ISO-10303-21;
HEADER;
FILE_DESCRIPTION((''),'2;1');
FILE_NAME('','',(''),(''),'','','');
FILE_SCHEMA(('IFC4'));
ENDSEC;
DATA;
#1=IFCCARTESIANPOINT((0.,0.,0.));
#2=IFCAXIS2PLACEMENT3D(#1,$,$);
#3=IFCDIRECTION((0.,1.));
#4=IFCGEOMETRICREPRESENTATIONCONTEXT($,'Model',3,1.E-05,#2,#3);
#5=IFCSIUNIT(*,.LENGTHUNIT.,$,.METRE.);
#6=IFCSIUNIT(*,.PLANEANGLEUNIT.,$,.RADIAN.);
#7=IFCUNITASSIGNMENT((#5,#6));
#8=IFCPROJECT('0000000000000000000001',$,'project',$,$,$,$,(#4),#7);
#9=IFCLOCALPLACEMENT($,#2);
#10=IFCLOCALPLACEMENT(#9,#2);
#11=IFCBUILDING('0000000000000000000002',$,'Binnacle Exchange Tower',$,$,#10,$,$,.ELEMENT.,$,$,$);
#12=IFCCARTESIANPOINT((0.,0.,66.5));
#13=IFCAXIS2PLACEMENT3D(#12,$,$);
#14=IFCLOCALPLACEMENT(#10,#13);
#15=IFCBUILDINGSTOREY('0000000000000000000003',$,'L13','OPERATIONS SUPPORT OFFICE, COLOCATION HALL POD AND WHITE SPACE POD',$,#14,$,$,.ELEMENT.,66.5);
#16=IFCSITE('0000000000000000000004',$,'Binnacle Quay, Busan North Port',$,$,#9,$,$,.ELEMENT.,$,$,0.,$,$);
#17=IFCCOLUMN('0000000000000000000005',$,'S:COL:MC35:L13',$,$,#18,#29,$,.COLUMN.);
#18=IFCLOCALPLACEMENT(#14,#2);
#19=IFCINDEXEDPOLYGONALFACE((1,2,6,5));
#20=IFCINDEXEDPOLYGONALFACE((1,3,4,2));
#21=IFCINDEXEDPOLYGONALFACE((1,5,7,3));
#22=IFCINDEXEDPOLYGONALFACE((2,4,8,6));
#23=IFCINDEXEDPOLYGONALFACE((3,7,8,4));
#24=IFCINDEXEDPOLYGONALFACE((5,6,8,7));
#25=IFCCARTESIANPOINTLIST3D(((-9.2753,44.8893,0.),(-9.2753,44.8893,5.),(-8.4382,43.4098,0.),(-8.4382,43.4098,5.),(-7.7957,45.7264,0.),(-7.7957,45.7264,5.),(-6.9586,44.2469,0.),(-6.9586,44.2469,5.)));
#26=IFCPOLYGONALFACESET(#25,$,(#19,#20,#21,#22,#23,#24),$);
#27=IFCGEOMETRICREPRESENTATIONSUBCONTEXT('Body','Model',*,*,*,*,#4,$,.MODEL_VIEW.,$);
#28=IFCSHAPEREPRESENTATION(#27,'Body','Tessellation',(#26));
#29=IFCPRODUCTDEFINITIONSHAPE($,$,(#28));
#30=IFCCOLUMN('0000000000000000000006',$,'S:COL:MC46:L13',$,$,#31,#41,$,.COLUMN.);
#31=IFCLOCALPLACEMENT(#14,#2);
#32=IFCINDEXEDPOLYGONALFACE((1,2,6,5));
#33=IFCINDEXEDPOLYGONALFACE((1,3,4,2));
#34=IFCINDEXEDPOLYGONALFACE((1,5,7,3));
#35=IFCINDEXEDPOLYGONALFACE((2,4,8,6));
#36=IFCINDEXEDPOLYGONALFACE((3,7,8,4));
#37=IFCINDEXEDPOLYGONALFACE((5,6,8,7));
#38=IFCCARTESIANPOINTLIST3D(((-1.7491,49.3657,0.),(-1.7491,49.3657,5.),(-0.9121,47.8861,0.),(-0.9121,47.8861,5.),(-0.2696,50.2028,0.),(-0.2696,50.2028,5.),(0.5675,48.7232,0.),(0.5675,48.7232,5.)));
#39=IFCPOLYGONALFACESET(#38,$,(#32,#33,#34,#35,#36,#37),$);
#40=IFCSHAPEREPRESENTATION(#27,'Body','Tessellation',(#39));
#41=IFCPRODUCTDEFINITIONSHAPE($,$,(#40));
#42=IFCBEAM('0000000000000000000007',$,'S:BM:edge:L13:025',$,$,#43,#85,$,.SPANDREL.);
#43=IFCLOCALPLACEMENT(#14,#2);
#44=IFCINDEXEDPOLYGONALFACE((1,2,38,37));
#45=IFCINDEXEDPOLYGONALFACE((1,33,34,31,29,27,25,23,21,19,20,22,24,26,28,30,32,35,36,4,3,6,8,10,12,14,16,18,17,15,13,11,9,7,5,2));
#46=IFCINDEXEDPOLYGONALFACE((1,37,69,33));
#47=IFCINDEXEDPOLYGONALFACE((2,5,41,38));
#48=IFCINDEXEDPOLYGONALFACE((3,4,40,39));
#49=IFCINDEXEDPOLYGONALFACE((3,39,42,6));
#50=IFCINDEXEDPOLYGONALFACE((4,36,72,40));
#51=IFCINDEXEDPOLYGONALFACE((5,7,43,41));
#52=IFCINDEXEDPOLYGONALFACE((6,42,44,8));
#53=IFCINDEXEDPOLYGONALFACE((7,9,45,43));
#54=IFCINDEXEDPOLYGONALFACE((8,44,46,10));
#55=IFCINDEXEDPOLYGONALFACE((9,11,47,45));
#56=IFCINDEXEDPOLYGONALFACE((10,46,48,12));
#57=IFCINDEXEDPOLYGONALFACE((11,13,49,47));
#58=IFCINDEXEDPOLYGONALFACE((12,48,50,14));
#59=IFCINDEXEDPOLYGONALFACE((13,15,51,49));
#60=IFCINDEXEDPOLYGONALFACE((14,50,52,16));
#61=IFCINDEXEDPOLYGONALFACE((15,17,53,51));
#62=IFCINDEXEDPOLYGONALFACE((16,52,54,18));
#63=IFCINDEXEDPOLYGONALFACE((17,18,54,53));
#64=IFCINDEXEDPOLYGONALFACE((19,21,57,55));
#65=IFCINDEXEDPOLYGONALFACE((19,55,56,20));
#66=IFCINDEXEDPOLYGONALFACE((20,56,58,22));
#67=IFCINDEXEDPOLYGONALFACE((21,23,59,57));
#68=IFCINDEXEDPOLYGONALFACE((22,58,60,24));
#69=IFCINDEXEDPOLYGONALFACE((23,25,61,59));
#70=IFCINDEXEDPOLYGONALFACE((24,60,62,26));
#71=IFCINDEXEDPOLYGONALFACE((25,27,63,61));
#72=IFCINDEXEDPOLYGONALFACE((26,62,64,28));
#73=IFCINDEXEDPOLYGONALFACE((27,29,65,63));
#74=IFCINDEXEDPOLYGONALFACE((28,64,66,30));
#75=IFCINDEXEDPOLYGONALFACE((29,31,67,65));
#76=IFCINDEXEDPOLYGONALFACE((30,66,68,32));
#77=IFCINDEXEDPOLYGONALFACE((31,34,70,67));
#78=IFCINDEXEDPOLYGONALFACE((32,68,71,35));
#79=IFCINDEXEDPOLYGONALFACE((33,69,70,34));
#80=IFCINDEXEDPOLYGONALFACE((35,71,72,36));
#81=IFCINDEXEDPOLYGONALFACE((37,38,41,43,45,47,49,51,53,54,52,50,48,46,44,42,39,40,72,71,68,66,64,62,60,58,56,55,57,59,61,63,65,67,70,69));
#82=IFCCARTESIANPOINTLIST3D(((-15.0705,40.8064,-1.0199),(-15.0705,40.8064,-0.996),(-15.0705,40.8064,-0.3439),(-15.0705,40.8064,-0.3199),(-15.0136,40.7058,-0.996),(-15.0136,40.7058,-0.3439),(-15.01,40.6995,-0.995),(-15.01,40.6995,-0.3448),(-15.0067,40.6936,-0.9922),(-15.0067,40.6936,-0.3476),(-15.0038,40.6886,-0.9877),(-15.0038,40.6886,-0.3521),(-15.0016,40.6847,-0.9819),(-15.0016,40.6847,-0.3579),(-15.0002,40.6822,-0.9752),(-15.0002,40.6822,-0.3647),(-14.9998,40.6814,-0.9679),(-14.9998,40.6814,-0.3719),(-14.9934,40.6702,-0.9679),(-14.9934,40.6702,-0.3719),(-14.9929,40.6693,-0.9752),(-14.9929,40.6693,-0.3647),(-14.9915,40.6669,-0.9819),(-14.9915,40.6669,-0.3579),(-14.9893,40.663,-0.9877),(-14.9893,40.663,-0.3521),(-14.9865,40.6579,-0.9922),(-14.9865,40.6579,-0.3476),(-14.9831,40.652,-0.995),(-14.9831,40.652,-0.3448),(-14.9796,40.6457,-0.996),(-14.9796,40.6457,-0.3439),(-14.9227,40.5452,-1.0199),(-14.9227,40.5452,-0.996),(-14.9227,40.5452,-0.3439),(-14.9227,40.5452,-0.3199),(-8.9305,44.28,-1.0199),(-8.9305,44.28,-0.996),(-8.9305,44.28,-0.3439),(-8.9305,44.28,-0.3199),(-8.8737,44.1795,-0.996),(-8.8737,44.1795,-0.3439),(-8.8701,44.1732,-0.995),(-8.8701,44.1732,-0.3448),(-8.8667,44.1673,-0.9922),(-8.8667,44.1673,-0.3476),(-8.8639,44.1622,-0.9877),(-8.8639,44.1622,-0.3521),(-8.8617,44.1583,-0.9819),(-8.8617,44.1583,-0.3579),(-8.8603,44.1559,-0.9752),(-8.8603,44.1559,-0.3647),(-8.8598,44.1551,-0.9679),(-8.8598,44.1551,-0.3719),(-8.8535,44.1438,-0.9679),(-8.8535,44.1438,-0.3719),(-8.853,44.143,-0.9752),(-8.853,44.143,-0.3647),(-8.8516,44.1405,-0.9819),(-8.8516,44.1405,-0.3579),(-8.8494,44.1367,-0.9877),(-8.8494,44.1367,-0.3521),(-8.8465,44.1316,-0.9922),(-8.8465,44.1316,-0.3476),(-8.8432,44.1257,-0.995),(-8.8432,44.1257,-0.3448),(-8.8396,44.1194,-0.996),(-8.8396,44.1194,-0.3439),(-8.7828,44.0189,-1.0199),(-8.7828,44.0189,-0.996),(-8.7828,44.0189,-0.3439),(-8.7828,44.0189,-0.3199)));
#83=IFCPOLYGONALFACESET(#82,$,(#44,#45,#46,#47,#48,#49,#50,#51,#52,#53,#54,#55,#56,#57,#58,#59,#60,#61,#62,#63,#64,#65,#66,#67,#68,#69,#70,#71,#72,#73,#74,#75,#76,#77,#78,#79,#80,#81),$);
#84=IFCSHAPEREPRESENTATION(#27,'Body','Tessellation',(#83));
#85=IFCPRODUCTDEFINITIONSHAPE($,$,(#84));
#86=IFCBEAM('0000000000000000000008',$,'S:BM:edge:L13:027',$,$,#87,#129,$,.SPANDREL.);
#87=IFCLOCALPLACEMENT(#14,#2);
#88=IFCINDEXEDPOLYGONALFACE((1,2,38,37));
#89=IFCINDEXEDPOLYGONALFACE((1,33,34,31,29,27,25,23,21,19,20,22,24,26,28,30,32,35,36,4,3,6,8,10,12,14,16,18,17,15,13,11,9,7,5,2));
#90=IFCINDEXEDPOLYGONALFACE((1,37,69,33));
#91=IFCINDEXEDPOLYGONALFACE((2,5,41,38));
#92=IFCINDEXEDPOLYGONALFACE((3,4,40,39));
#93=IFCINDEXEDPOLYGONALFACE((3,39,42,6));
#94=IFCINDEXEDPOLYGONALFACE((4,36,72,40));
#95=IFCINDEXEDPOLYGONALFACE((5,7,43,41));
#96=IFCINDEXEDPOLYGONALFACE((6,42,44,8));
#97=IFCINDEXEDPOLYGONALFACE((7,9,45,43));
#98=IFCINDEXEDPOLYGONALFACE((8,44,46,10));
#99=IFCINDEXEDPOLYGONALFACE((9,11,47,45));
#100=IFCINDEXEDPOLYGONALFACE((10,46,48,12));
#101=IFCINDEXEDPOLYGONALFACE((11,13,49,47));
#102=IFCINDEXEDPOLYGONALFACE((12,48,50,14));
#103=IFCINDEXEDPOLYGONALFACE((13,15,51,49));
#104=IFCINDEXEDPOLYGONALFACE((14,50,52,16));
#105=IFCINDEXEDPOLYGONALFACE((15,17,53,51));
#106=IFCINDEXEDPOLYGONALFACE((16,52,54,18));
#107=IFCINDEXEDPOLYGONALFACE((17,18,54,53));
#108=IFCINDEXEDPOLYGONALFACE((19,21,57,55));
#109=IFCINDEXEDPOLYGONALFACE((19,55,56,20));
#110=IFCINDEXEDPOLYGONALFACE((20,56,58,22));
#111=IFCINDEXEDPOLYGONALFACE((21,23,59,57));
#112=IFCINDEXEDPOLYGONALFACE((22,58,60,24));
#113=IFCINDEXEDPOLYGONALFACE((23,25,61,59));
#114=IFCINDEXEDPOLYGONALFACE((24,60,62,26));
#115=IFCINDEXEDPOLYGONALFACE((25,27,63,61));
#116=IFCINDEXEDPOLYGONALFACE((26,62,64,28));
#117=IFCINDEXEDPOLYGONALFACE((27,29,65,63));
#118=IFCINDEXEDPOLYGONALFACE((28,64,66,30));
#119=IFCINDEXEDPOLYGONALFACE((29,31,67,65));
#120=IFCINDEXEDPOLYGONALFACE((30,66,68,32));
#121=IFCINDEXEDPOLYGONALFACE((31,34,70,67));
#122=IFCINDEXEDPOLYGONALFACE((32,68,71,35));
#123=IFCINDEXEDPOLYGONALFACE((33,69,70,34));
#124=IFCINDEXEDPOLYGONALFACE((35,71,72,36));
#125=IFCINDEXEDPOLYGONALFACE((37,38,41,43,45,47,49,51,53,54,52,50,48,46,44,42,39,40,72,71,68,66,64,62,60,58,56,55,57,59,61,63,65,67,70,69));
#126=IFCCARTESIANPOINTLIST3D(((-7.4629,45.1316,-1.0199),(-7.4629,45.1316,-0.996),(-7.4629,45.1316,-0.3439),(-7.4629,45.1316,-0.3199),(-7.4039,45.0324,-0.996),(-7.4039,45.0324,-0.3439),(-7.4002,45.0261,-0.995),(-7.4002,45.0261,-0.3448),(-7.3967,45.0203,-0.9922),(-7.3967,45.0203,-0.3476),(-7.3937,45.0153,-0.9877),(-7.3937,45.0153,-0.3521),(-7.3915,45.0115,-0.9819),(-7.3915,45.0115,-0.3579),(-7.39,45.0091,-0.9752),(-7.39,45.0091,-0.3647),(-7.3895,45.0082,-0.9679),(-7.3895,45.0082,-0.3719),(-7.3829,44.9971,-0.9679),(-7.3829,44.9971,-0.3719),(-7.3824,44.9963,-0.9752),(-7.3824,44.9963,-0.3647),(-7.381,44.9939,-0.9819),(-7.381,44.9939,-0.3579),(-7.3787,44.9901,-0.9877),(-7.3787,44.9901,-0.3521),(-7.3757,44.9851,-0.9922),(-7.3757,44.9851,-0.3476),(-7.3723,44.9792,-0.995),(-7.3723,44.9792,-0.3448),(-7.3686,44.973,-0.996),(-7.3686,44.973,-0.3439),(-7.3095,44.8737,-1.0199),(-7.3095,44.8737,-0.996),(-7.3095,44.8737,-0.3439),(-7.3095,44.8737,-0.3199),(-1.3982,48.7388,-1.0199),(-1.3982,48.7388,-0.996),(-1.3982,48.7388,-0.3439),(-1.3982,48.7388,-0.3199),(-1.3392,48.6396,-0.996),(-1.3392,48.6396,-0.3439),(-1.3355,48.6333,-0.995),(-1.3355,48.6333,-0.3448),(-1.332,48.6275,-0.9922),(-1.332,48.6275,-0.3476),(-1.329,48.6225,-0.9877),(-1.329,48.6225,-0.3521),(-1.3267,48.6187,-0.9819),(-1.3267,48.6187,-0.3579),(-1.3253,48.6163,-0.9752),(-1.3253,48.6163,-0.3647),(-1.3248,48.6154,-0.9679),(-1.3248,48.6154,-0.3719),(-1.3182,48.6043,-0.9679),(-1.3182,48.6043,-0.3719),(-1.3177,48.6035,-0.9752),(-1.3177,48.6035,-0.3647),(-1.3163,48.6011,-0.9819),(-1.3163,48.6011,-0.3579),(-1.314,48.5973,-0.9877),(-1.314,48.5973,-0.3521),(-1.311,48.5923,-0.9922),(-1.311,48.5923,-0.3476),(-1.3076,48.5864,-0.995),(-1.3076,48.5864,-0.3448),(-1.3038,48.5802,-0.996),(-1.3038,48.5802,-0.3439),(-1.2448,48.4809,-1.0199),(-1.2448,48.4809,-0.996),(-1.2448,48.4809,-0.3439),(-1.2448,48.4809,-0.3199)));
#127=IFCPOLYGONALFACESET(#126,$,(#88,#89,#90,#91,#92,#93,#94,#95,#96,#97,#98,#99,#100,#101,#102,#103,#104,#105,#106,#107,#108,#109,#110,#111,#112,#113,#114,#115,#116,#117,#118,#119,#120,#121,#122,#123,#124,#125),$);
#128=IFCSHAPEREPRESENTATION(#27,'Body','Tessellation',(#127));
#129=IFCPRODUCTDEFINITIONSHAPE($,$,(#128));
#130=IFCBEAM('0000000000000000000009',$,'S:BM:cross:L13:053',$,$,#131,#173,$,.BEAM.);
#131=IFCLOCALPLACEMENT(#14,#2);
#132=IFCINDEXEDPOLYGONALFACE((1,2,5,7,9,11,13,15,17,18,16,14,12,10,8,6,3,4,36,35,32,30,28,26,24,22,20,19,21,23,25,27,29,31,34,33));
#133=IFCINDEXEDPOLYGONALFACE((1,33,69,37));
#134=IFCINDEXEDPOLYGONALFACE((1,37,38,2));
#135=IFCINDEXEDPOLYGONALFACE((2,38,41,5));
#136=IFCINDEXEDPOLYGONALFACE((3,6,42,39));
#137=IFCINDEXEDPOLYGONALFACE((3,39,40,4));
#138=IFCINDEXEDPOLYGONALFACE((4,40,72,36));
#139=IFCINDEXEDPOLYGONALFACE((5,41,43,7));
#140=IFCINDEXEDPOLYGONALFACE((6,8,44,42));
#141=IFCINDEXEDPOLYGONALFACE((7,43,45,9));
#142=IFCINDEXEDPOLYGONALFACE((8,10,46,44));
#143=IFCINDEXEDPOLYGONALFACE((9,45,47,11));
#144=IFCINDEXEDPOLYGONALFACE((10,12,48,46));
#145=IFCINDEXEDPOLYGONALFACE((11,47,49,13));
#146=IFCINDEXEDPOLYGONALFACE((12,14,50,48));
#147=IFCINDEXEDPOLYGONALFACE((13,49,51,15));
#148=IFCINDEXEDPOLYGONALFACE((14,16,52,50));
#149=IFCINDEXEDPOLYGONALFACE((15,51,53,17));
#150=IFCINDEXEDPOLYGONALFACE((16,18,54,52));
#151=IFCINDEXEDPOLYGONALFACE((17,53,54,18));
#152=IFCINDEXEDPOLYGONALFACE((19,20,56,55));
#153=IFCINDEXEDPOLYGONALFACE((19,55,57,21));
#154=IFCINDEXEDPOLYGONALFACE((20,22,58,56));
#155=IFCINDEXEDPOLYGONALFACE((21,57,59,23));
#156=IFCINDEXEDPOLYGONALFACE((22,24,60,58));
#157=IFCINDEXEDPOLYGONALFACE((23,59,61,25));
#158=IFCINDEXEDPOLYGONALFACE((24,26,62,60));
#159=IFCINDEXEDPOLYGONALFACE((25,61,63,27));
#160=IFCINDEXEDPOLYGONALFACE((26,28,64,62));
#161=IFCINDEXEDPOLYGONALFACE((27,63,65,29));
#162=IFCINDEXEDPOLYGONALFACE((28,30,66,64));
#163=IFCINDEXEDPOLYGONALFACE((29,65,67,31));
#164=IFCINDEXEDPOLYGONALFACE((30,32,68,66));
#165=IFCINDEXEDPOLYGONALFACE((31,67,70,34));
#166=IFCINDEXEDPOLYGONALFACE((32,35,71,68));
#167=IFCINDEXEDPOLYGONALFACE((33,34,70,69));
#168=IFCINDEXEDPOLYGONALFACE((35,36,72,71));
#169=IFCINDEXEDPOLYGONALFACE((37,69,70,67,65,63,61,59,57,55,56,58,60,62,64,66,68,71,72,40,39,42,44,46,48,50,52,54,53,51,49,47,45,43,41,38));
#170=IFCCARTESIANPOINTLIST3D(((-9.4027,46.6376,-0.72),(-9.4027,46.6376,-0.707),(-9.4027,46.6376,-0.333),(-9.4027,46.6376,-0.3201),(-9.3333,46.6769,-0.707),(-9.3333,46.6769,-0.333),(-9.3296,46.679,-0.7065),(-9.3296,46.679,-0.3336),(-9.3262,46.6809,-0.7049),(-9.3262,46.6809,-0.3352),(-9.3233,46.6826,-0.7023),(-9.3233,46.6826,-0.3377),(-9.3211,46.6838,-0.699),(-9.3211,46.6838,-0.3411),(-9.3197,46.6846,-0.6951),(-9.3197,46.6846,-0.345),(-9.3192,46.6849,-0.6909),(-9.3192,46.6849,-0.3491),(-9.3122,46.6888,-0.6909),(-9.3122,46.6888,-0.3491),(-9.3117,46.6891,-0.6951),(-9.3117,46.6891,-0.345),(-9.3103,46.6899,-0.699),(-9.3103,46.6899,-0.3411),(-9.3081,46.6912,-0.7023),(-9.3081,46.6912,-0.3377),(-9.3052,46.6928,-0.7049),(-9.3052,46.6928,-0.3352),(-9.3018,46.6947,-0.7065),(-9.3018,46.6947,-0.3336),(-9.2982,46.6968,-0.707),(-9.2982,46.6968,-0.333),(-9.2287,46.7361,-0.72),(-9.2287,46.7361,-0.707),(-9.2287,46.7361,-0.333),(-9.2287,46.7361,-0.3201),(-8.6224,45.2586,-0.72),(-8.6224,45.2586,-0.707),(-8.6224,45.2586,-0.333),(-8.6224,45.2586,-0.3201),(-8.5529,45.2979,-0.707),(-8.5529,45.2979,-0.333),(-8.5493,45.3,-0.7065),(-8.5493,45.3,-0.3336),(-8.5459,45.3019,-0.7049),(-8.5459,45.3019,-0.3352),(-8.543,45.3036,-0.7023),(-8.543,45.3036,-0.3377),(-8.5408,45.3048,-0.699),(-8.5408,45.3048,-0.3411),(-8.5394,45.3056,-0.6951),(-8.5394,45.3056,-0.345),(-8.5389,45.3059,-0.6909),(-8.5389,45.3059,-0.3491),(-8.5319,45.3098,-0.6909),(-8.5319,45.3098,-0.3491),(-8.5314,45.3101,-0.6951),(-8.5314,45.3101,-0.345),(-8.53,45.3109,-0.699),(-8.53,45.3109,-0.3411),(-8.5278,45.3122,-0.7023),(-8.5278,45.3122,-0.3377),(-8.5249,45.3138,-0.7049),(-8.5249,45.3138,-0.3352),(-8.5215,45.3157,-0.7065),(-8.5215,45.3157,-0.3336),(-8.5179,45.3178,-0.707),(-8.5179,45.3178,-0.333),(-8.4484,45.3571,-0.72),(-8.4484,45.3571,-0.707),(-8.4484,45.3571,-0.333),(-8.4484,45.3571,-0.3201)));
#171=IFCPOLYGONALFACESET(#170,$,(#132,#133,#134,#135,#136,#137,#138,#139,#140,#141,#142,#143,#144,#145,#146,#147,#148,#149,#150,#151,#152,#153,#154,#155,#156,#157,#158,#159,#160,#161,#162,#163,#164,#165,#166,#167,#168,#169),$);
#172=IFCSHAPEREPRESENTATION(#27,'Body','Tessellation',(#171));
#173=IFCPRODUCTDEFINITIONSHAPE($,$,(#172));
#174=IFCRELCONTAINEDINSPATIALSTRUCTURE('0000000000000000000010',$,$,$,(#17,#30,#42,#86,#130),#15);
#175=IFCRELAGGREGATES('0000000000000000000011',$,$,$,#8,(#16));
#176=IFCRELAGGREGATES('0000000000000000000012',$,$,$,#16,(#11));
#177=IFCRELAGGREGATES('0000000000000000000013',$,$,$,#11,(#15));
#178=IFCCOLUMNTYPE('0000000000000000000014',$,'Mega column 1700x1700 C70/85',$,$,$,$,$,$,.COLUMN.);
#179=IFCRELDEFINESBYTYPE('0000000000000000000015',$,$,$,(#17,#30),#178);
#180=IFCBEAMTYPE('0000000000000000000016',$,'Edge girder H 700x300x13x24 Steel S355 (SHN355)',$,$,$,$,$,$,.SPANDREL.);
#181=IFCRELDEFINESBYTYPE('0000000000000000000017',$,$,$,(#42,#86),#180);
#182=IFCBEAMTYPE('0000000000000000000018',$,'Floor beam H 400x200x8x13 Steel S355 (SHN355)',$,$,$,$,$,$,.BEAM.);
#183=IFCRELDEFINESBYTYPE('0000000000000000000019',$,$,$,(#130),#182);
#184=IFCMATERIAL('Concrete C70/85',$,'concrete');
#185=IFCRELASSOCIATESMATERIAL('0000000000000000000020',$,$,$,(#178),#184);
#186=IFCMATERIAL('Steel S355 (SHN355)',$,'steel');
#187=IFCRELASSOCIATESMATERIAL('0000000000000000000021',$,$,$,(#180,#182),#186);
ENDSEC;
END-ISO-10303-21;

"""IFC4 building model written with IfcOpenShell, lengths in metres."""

from ifc_helpers import new_model, si_unit, direction, frame, origin, origin_2d, place, context, subcontext, project, spatial, rectangle, i_section, extrude, material, material_profile, profile_set, type_object, element, save


model = new_model("IFC4")

# Units and contexts
model_context = context("Model", 3, precision=1e-05, world=origin(), true_north=direction((0.0, 1.0)))
body_context = subcontext(model_context, "Body", "Model", "MODEL_VIEW")
ifc_project = project(units=[si_unit("LENGTHUNIT", "METRE"), si_unit("PLANEANGLEUNIT", "RADIAN")], contexts=[model_context])

# Site, building, storey
site_placement = place(None, origin())
site = spatial("IfcSite", under=ifc_project, at=site_placement, Name="Binnacle Quay, Busan North Port", CompositionType="ELEMENT", RefElevation=0.0)
building_placement = place(site_placement, origin())
building = spatial("IfcBuilding", under=site, at=building_placement, Name="Binnacle Exchange Tower", CompositionType="ELEMENT")
storey_placement = place(building_placement, frame((0.0, 0.0, 66.5)))
storey = spatial("IfcBuildingStorey", under=building, at=storey_placement, Name="L13", Description="OPERATIONS SUPPORT OFFICE, COLOCATION HALL POD AND WHITE SPACE POD", CompositionType="ELEMENT", Elevation=66.5)

# Columns
ifc_material_1 = material(Name="Concrete C70/85", Category="concrete")
ifc_material_profile_1 = material_profile(ifc_material_1, rectangle(XDim=1.7, YDim=1.7, at=origin_2d()), Name="Mega column 1700x1700 C70/85")
ifc_profile_set_1 = profile_set([ifc_material_profile_1], Name="Concrete C70/85")
column_type = type_object("IfcColumnType", Name="Mega column 1700x1700 C70/85", PredefinedType="COLUMN", material=ifc_profile_set_1)
for number, where, z_axis, x_axis, name in (
    (1, (-8.1169, 44.5681, 0.0), (0.0, 0.0, 1.0), (0.870356, 0.492424, 0.0), "S:COL:MC35:L13"),
    (2, (-0.5908, 49.0444, 0.0), (0.0, 0.0, 1.0), (0.870356, 0.492424, 0.0), "S:COL:MC46:L13"),
):
    element("IfcColumn", number, at=place(storey_placement, frame(where, z_axis=z_axis, x_axis=x_axis)), inside=storey, type_object=column_type, Name=name, PredefinedType="COLUMN", context=body_context, shape_type="SweptSolid", body=[
        extrude(rectangle(XDim=1.7, YDim=1.7, at=origin_2d()), origin(), (0.0, 0.0, 1.0), 5.0),
    ])

# Beams
ifc_material_2 = material(Name="Steel S355 (SHN355)", Category="steel")
ifc_material_profile_2 = material_profile(ifc_material_2, i_section(OverallWidth=0.3, OverallDepth=0.7, WebThickness=0.0129, FlangeThickness=0.0239, FilletRadius=0.0281, at=origin_2d()), Name="H 700x300x13x24")
ifc_profile_set_2 = profile_set([ifc_material_profile_2], Name="Steel S355 (SHN355)")
beam_type_1 = type_object("IfcBeamType", Name="Edge girder H 700x300x13x24 Steel S355 (SHN355)", PredefinedType="SPANDREL", material=ifc_profile_set_2)
beam_1_placement = place(storey_placement, frame((-14.9966, 40.6758, -0.6699), z_axis=(0.870365, 0.492407, 0.0), x_axis=(-0.492407, 0.870365, 0.0)))
element("IfcBeam", 3, at=beam_1_placement, inside=storey, type_object=beam_type_1, Name="S:BM:edge:L13:025", PredefinedType="SPANDREL", context=body_context, shape_type="SweptSolid", body=[
    extrude(i_section(OverallWidth=0.3, OverallDepth=0.7, WebThickness=0.0129, FlangeThickness=0.0239, FilletRadius=0.0281, at=origin_2d()), origin(), (0.0, 0.0, 1.0), 7.0544),
])
beam_2_placement = place(storey_placement, frame((-7.3862, 45.0027, -0.6699), z_axis=(0.859465, 0.511195, 0.0), x_axis=(-0.511195, 0.859465, 0.0)))
element("IfcBeam", 4, at=beam_2_placement, inside=storey, type_object=beam_type_1, Name="S:BM:edge:L13:027", PredefinedType="SPANDREL", context=body_context, shape_type="SweptSolid", body=[
    extrude(i_section(OverallWidth=0.3, OverallDepth=0.7, WebThickness=0.0129, FlangeThickness=0.0239, FilletRadius=0.0281, at=origin_2d()), origin(), (0.0, 0.0, 1.0), 7.0564),
])
ifc_material_profile_3 = material_profile(ifc_material_2, i_section(OverallWidth=0.2, OverallDepth=0.3999, WebThickness=0.0081, FlangeThickness=0.0129, FilletRadius=0.0161, at=origin_2d()), Name="H 400x200x8x13")
ifc_profile_set_3 = profile_set([ifc_material_profile_3], Name="Steel S355 (SHN355)")
beam_type_2 = type_object("IfcBeamType", Name="Floor beam H 400x200x8x13 Steel S355 (SHN355)", PredefinedType="BEAM", material=ifc_profile_set_3)
beam_3_placement = place(storey_placement, frame((-8.5354, 45.3079, -0.52), z_axis=(-0.492484, 0.870322, 0.0), x_axis=(-0.870322, -0.492484, 0.0)))
element("IfcBeam", 5, at=beam_3_placement, inside=storey, type_object=beam_type_2, Name="S:BM:cross:L13:053", PredefinedType="BEAM", context=body_context, shape_type="SweptSolid", body=[
    extrude(i_section(OverallWidth=0.2, OverallDepth=0.3999, WebThickness=0.0081, FlangeThickness=0.0129, FilletRadius=0.0161, at=origin_2d()), origin(), (0.0, 0.0, 1.0), 1.5845),
])

save(model, "model.ifc")
